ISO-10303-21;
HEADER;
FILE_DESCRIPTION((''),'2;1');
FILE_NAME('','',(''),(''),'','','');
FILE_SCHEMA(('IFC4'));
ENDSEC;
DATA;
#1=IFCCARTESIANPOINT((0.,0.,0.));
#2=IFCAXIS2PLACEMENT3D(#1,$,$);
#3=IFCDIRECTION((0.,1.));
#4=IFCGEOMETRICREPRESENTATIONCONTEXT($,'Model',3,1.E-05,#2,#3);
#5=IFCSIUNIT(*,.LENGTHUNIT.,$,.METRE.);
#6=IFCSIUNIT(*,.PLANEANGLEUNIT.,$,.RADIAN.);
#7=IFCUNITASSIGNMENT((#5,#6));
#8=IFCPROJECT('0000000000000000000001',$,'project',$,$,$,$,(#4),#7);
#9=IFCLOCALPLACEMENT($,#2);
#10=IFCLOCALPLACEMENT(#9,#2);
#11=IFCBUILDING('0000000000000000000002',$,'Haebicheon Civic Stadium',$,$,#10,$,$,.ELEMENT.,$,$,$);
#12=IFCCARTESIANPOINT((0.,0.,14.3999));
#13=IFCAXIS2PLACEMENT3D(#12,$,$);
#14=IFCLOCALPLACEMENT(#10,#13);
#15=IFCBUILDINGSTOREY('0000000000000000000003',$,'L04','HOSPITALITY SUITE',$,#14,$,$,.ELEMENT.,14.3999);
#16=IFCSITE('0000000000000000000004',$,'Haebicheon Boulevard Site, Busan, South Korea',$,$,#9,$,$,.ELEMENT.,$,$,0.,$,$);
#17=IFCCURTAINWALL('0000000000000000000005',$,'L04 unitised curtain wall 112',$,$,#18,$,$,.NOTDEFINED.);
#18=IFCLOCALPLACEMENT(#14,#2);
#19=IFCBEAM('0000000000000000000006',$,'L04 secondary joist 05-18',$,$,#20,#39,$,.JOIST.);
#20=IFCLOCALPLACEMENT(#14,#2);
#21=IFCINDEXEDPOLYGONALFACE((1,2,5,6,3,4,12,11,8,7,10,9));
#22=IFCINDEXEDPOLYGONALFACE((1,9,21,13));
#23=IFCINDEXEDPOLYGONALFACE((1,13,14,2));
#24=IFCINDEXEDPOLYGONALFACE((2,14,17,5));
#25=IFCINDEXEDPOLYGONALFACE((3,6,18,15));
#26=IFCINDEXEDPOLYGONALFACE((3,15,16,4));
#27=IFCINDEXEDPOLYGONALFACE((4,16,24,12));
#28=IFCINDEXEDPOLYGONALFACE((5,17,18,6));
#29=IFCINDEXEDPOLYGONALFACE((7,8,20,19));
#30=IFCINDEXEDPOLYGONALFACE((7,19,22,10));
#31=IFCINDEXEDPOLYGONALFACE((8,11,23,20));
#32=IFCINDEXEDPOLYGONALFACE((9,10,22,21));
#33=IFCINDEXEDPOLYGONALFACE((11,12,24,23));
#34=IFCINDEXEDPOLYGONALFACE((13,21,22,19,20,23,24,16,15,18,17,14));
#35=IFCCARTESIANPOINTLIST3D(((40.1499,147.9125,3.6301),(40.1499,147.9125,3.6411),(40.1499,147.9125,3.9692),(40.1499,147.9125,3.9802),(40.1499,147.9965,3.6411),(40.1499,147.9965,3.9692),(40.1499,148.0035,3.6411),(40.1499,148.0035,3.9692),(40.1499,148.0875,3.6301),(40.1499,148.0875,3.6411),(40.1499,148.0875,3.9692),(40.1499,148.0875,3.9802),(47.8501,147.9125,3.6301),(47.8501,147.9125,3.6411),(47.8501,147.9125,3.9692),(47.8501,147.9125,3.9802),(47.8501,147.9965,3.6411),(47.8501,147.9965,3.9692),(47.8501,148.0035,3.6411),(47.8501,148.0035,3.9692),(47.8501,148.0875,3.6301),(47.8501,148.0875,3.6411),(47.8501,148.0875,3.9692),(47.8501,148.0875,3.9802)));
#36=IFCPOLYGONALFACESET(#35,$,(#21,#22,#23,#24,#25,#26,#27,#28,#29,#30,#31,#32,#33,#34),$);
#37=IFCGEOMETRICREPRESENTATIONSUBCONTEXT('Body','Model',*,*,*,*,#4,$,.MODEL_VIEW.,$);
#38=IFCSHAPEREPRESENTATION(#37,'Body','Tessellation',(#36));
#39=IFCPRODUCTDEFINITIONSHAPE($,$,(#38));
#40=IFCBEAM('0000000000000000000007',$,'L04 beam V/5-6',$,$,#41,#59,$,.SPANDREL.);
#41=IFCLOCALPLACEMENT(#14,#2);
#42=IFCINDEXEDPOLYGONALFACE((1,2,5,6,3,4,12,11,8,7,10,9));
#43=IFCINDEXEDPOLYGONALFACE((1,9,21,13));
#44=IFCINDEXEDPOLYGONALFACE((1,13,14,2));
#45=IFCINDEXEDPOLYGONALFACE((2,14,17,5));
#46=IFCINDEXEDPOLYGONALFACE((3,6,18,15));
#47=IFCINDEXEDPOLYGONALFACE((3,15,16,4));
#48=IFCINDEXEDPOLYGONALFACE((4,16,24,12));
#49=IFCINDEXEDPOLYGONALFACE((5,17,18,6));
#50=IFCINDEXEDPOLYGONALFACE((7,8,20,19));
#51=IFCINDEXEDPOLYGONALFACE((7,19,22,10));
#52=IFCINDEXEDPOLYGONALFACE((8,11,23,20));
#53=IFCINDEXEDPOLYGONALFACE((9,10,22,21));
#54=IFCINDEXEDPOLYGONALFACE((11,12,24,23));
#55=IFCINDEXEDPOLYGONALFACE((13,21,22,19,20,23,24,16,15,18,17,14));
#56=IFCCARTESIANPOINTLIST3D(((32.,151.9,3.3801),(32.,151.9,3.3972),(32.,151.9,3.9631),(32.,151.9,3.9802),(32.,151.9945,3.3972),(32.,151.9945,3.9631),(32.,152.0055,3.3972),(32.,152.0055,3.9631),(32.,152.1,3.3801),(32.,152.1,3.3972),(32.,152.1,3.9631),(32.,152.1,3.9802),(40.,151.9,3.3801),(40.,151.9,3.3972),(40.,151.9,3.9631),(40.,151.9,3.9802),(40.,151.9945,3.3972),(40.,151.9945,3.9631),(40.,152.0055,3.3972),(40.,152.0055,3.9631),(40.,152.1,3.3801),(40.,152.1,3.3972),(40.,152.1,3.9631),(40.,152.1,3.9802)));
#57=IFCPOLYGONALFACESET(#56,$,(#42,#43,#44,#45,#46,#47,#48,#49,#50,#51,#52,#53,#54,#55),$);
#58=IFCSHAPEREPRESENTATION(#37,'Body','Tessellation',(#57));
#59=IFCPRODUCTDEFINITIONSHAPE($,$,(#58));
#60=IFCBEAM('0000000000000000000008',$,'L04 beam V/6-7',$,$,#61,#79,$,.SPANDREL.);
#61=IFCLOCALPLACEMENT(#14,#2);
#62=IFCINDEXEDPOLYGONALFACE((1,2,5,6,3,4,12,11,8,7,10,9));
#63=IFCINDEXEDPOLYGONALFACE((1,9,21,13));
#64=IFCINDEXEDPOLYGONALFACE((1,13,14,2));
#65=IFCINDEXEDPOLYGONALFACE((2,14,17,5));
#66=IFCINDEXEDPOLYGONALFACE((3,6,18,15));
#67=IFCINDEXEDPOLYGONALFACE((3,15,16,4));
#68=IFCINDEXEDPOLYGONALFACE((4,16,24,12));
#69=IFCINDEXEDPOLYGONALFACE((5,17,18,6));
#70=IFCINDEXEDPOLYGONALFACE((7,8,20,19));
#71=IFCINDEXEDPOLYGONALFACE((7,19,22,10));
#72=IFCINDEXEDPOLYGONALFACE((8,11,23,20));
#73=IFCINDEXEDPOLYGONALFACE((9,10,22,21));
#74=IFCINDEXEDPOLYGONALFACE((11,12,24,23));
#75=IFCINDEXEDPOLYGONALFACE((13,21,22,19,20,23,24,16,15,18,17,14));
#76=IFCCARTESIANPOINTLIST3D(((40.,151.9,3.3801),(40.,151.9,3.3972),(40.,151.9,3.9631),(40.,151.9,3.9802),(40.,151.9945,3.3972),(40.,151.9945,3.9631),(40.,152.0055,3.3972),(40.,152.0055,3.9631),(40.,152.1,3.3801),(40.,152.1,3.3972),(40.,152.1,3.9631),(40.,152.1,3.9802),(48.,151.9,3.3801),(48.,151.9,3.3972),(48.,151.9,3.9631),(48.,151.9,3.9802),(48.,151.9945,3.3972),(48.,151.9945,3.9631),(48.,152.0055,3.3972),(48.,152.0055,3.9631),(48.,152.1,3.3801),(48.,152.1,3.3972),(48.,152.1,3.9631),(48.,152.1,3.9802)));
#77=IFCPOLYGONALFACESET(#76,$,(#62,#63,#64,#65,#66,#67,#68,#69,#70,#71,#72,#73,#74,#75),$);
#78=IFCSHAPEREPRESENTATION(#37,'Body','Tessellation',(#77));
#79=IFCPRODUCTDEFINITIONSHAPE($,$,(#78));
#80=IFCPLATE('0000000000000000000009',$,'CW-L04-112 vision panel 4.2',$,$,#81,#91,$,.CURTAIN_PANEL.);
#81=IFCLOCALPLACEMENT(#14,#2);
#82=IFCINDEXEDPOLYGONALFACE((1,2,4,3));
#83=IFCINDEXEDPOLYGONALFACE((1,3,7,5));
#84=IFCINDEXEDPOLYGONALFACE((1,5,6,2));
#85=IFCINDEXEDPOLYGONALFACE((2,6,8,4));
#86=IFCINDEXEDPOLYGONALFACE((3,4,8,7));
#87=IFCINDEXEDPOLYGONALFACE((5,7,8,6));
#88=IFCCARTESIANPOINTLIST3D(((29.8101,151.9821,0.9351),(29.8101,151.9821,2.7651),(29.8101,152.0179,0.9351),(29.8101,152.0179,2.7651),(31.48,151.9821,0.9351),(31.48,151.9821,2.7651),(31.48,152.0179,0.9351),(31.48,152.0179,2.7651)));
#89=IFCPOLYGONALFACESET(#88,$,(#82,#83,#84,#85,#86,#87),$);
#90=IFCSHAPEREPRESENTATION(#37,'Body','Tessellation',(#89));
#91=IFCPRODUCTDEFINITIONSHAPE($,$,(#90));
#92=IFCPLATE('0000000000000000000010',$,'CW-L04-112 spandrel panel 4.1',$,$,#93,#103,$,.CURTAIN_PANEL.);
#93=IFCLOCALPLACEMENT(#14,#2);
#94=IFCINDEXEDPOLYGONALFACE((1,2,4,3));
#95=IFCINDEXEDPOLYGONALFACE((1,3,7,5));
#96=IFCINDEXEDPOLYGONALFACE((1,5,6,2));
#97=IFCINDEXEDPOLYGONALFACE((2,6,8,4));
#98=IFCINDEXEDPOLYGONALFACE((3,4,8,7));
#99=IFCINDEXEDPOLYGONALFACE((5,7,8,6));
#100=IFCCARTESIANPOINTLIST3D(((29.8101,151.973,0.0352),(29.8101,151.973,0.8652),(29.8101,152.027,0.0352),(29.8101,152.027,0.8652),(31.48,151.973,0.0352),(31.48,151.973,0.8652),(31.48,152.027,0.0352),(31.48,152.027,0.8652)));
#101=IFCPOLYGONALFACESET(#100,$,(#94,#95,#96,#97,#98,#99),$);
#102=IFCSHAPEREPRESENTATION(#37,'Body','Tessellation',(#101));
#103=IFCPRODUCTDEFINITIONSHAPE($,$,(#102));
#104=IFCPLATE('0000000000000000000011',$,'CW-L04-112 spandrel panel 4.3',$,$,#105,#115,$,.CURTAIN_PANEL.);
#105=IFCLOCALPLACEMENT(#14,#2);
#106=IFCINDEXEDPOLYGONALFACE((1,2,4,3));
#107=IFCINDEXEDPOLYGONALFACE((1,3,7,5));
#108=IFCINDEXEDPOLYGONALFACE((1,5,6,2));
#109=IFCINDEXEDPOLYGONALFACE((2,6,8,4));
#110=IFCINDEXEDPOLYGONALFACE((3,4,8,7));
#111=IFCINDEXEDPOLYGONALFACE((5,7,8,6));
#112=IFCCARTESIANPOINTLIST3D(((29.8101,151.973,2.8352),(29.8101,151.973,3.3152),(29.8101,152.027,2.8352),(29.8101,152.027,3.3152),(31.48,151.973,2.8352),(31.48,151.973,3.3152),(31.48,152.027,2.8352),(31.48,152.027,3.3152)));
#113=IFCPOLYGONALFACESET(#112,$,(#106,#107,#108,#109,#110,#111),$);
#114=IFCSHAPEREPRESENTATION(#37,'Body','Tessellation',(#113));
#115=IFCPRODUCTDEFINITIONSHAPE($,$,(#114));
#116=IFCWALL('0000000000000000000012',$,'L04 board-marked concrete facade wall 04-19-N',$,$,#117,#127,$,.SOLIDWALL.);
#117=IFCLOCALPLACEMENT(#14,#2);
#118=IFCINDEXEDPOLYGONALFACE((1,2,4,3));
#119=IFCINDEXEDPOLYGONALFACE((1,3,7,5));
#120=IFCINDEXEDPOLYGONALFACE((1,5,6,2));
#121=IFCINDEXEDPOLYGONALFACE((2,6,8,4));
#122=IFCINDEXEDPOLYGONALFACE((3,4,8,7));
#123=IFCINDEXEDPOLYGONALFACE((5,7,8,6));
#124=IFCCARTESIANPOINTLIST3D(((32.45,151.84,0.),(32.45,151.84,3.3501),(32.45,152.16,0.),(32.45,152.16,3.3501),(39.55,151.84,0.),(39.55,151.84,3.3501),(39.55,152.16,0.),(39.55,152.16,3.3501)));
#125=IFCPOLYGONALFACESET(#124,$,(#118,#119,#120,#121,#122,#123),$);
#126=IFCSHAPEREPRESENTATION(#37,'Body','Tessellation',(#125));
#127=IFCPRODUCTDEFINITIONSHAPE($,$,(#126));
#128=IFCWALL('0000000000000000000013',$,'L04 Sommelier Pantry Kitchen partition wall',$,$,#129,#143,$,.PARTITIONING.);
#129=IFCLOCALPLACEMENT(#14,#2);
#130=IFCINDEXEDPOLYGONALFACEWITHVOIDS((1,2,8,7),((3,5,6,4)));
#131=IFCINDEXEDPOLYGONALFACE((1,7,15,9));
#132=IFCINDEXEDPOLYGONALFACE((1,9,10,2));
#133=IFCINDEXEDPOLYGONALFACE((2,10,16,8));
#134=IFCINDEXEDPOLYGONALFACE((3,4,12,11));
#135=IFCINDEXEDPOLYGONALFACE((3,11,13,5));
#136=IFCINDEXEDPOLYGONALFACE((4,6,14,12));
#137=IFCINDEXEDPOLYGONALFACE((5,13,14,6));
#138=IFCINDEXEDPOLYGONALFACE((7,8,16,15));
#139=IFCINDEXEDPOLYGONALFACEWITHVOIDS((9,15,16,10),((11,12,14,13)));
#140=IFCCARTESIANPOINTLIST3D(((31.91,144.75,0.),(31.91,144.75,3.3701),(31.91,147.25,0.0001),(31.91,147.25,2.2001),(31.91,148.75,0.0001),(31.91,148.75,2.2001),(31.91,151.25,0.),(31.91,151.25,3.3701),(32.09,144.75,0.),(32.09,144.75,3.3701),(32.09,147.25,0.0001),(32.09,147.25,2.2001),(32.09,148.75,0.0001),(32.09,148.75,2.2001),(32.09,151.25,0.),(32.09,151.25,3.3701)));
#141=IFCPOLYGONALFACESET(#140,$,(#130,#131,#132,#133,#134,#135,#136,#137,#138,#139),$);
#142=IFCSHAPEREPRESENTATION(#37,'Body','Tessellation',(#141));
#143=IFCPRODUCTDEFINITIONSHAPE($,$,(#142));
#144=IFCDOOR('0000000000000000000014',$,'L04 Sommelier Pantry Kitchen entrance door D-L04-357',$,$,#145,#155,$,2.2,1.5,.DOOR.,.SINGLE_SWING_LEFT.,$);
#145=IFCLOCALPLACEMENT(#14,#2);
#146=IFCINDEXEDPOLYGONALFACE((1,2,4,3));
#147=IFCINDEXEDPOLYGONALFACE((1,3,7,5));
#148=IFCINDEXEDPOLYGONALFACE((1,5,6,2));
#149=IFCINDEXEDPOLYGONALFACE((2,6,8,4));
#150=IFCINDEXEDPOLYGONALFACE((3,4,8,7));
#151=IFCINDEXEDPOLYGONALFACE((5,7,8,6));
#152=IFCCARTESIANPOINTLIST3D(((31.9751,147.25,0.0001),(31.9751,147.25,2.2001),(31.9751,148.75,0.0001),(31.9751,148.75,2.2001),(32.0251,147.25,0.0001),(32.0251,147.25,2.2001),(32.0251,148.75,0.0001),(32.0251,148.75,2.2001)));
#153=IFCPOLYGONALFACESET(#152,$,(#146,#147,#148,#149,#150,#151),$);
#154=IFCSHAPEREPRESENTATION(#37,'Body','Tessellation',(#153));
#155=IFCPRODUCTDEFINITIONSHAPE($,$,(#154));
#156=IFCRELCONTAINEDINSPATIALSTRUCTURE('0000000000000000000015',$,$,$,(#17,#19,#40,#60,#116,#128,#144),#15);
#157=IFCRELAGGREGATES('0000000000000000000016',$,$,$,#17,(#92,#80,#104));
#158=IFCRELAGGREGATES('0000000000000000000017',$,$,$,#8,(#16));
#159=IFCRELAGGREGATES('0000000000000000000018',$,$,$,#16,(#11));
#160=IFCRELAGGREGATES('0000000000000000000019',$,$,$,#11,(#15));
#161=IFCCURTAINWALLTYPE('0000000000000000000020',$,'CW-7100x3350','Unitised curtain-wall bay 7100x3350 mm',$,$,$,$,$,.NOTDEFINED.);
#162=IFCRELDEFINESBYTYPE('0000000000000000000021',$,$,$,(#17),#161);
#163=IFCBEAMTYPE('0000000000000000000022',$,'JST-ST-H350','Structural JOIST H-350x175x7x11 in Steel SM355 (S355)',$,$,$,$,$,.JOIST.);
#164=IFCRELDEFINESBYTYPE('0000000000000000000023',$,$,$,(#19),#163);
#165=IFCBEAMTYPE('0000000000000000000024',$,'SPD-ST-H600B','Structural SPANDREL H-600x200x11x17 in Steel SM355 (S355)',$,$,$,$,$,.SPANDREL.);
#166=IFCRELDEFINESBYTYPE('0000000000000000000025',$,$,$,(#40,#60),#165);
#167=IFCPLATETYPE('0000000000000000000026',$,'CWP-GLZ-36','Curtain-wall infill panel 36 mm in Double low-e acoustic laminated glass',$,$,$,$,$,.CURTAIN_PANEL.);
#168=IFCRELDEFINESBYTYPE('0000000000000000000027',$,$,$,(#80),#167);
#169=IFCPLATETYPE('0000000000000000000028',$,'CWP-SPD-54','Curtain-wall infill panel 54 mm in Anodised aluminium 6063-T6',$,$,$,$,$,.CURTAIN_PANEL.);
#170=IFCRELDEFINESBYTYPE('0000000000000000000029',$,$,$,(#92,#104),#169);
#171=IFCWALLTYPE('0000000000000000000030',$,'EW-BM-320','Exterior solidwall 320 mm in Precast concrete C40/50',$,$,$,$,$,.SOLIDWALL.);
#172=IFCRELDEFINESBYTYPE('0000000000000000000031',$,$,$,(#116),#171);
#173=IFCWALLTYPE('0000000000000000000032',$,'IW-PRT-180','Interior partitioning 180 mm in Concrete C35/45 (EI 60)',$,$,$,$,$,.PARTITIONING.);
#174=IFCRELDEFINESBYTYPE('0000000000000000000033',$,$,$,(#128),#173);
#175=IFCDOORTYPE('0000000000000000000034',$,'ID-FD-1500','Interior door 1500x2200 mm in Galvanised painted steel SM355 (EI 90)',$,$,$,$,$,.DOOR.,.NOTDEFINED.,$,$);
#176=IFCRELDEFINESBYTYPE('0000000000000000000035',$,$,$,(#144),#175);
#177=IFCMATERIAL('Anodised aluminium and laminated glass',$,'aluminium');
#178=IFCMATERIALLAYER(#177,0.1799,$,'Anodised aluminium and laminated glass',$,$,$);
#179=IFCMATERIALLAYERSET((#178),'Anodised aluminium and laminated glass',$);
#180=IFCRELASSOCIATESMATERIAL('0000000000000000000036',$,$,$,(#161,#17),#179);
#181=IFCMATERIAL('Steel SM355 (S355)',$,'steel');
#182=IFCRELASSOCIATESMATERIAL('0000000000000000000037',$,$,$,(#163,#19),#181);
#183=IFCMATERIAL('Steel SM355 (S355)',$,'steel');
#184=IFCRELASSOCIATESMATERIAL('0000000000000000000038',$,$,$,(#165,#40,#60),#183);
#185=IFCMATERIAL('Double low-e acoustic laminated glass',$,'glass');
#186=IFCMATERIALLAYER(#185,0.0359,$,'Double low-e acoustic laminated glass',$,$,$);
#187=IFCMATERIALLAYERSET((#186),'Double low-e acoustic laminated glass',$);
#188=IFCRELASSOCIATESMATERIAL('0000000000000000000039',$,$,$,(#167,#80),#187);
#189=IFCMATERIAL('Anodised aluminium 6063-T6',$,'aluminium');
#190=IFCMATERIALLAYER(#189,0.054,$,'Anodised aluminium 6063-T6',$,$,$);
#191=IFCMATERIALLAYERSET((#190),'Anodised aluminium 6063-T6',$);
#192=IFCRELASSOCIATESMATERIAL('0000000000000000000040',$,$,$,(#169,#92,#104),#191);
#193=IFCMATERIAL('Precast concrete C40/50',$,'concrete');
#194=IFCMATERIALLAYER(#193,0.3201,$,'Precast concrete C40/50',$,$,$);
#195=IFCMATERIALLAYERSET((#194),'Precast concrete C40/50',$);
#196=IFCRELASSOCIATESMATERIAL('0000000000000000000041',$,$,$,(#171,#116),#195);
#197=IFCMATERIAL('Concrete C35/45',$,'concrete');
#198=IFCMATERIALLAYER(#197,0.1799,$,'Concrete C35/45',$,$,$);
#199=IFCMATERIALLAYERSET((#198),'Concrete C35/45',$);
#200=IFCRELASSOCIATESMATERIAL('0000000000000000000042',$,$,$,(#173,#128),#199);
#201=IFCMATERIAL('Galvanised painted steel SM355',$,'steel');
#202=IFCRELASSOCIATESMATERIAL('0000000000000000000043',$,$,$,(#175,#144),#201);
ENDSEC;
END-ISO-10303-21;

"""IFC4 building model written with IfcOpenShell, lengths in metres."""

from ifc_helpers import new_model, si_unit, direction, frame, frame_2d, origin, origin_2d, place, context, subcontext, project, spatial, rectangle, i_section, extrude, material, layer, layer_set, material_profile, profile_set, type_object, element, fill, aggregate, save


model = new_model("IFC4")

# Units and contexts
model_context = context("Model", 3, precision=1e-05, world=origin(), true_north=direction((0.0, 1.0)))
body_context = subcontext(model_context, "Body", "Model", "MODEL_VIEW")
ifc_project = project(units=[si_unit("LENGTHUNIT", "METRE"), si_unit("PLANEANGLEUNIT", "RADIAN")], contexts=[model_context])

# Site, building, storey
site_placement = place(None, origin())
site = spatial("IfcSite", under=ifc_project, at=site_placement, Name="Haebicheon Boulevard Site, Busan, South Korea", CompositionType="ELEMENT", RefElevation=0.0)
building_placement = place(site_placement, origin())
building = spatial("IfcBuilding", under=site, at=building_placement, Name="Haebicheon Civic Stadium", CompositionType="ELEMENT")
storey_placement = place(building_placement, frame((0.0, 0.0, 14.3999)))
storey = spatial("IfcBuildingStorey", under=building, at=storey_placement, Name="L04", Description="HOSPITALITY SUITE", CompositionType="ELEMENT", Elevation=14.3999)

# Curtain wall
ifc_material_1 = material(Name="Anodised aluminium and laminated glass", Category="aluminium")
ifc_layer_1 = layer(ifc_material_1, 0.1799, Name="Anodised aluminium and laminated glass")
ifc_layer_set_1 = layer_set([ifc_layer_1], Name="Anodised aluminium and laminated glass")
curtain_wall_type = type_object("IfcCurtainWallType", Name="CW-7100x3350", Description="Unitised curtain-wall bay 7100x3350 mm", PredefinedType="NOTDEFINED", material=ifc_layer_set_1)
curtain_wall_1_placement = place(storey_placement, origin())
curtain_wall_1 = element("IfcCurtainWall", 1, at=curtain_wall_1_placement, inside=storey, type_object=curtain_wall_type, material=ifc_layer_set_1, Name="L04 unitised curtain wall 112", PredefinedType="NOTDEFINED")

# Beams
ifc_material_2 = material(Name="Steel SM355 (S355)", Category="steel")
ifc_material_profile_1 = material_profile(ifc_material_2, i_section(OverallWidth=0.175, OverallDepth=0.3501, WebThickness=0.0071, FlangeThickness=0.011, at=origin_2d()), Name="H-350x175x7x11")
ifc_profile_set_1 = profile_set([ifc_material_profile_1], Name="Steel SM355 (S355)")
beam_type_1 = type_object("IfcBeamType", Name="JST-ST-H350", Description="Structural JOIST H-350x175x7x11 in Steel SM355 (S355)", PredefinedType="JOIST", material=ifc_profile_set_1)
for number, where, z_axis, x_axis, name in (
    (2, (40.1499, 148.0, 3.8052), (1.0, 0.0, 0.0), (0.0, 1.0, 0.0), "L04 secondary joist 05-18"),
):
    element("IfcBeam", number, at=place(storey_placement, frame(where, z_axis=z_axis, x_axis=x_axis)), inside=storey, type_object=beam_type_1, material=ifc_profile_set_1, Name=name, PredefinedType="JOIST", context=body_context, shape_type="SweptSolid", body=[
        extrude(i_section(OverallWidth=0.175, OverallDepth=0.3501, WebThickness=0.0071, FlangeThickness=0.011, at=origin_2d()), origin(), (0.0, 0.0, 1.0), 7.7002),
    ])
ifc_material_3 = material(Name="Steel SM355 (S355)", Category="steel")
ifc_material_profile_2 = material_profile(ifc_material_3, i_section(OverallWidth=0.2, OverallDepth=0.6001, WebThickness=0.011, FlangeThickness=0.0171, at=origin_2d()), Name="H-600x200x11x17")
ifc_profile_set_2 = profile_set([ifc_material_profile_2], Name="Steel SM355 (S355)")
beam_type_2 = type_object("IfcBeamType", Name="SPD-ST-H600B", Description="Structural SPANDREL H-600x200x11x17 in Steel SM355 (S355)", PredefinedType="SPANDREL", material=ifc_profile_set_2)
for number, where, z_axis, x_axis, name in (
    (3, (32.0, 152.0, 3.6802), (1.0, 0.0, 0.0), (0.0, 1.0, 0.0), "L04 beam V/5-6"),
    (4, (40.0, 152.0, 3.6802), (1.0, 0.0, 0.0), (0.0, 1.0, 0.0), "L04 beam V/6-7"),
):
    element("IfcBeam", number, at=place(storey_placement, frame(where, z_axis=z_axis, x_axis=x_axis)), inside=storey, type_object=beam_type_2, material=ifc_profile_set_2, Name=name, PredefinedType="SPANDREL", context=body_context, shape_type="SweptSolid", body=[
        extrude(i_section(OverallWidth=0.2, OverallDepth=0.6001, WebThickness=0.011, FlangeThickness=0.0171, at=origin_2d()), origin(), (0.0, 0.0, 1.0), 8.0),
    ])

# Plates
ifc_material_4 = material(Name="Double low-e acoustic laminated glass", Category="glass")
ifc_layer_2 = layer(ifc_material_4, 0.0359, Name="Double low-e acoustic laminated glass")
ifc_layer_set_2 = layer_set([ifc_layer_2], Name="Double low-e acoustic laminated glass")
plate_type_1 = type_object("IfcPlateType", Name="CWP-GLZ-36", Description="Curtain-wall infill panel 36 mm in Double low-e acoustic laminated glass", PredefinedType="CURTAIN_PANEL", material=ifc_layer_set_2)
plate_1_placement = place(storey_placement, frame((30.645, 152.0, 0.9351), z_axis=(0.0, 0.0, 1.0), x_axis=(1.0, 0.0, 0.0)))
plate_1 = element("IfcPlate", 5, at=plate_1_placement, type_object=plate_type_1, material=ifc_layer_set_2, Name="CW-L04-112 vision panel 4.2", PredefinedType="CURTAIN_PANEL", context=body_context, shape_type="SweptSolid", body=[
    extrude(rectangle(XDim=1.6699, YDim=0.0359, at=origin_2d()), origin(), (0.0, 0.0, 1.0), 1.8301),
])
ifc_material_5 = material(Name="Anodised aluminium 6063-T6", Category="aluminium")
ifc_layer_3 = layer(ifc_material_5, 0.054, Name="Anodised aluminium 6063-T6")
ifc_layer_set_3 = layer_set([ifc_layer_3], Name="Anodised aluminium 6063-T6")
plate_type_2 = type_object("IfcPlateType", Name="CWP-SPD-54", Description="Curtain-wall infill panel 54 mm in Anodised aluminium 6063-T6", PredefinedType="CURTAIN_PANEL", material=ifc_layer_set_3)
plate_2_placement = place(storey_placement, frame((30.645, 152.0, 0.0352), z_axis=(0.0, 0.0, 1.0), x_axis=(1.0, 0.0, 0.0)))
plate_2 = element("IfcPlate", 6, at=plate_2_placement, type_object=plate_type_2, material=ifc_layer_set_3, Name="CW-L04-112 spandrel panel 4.1", PredefinedType="CURTAIN_PANEL", context=body_context, shape_type="SweptSolid", body=[
    extrude(rectangle(XDim=1.6699, YDim=0.054, at=origin_2d()), origin(), (0.0, 0.0, 1.0), 0.8301),
])
plate_3_placement = place(storey_placement, frame((30.645, 152.0, 2.8352), z_axis=(0.0, 0.0, 1.0), x_axis=(1.0, 0.0, 0.0)))
plate_3 = element("IfcPlate", 7, at=plate_3_placement, type_object=plate_type_2, material=ifc_layer_set_3, Name="CW-L04-112 spandrel panel 4.3", PredefinedType="CURTAIN_PANEL", context=body_context, shape_type="SweptSolid", body=[
    extrude(rectangle(XDim=1.6699, YDim=0.054, at=origin_2d()), origin(), (0.0, 0.0, 1.0), 0.48),
])
aggregate(curtain_wall_1, [plate_2, plate_1, plate_3])

# Wall
ifc_material_6 = material(Name="Precast concrete C40/50", Category="concrete")
ifc_layer_4 = layer(ifc_material_6, 0.3201, Name="Precast concrete C40/50")
ifc_layer_set_4 = layer_set([ifc_layer_4], Name="Precast concrete C40/50")
wall_type_1 = type_object("IfcWallType", Name="EW-BM-320", Description="Exterior solidwall 320 mm in Precast concrete C40/50", PredefinedType="SOLIDWALL", material=ifc_layer_set_4)
wall_1_placement = place(storey_placement, frame((32.45, 152.0, 0.0), z_axis=(0.0, 0.0, 1.0), x_axis=(1.0, 0.0, 0.0)))
element("IfcWall", 8, at=wall_1_placement, inside=storey, type_object=wall_type_1, material=ifc_layer_set_4, Name="L04 board-marked concrete facade wall 04-19-N", PredefinedType="SOLIDWALL", context=body_context, shape_type="SweptSolid", body=[
    extrude(rectangle(XDim=7.1001, YDim=0.3201, at=frame_2d((3.55, 0.0))), origin(), (0.0, 0.0, 1.0), 3.3501),
])

# Wall, opening, door
ifc_material_7 = material(Name="Concrete C35/45", Category="concrete")
ifc_layer_5 = layer(ifc_material_7, 0.1799, Name="Concrete C35/45")
ifc_layer_set_5 = layer_set([ifc_layer_5], Name="Concrete C35/45")
wall_type_2 = type_object("IfcWallType", Name="IW-PRT-180", Description="Interior partitioning 180 mm in Concrete C35/45 (EI 60)", PredefinedType="PARTITIONING", material=ifc_layer_set_5)
wall_2_placement = place(storey_placement, frame((32.0, 144.75, 0.0), z_axis=(0.0, 0.0, 1.0), x_axis=(0.0, 1.0, 0.0)))
wall_2 = element("IfcWall", 9, at=wall_2_placement, inside=storey, type_object=wall_type_2, material=ifc_layer_set_5, Name="L04 Sommelier Pantry Kitchen partition wall", PredefinedType="PARTITIONING", context=body_context, shape_type="SweptSolid", body=[
    extrude(rectangle(XDim=6.5, YDim=0.1799, at=frame_2d((3.25, 0.0))), origin(), (0.0, 0.0, 1.0), 3.3701),
])
opening_1_placement = place(wall_2_placement, frame((2.5, 0.0, 0.0)))
opening_1 = element("IfcOpeningElement", 10, at=opening_1_placement, cuts=wall_2, PredefinedType="OPENING", context=body_context, shape_type="SweptSolid", body=[
    extrude(rectangle(XDim=1.5, YDim=2.2, at=frame_2d((0.75, 1.1001))), frame((0.0, 0.0999, 0.0), z_axis=(0.0, -1.0, 0.0), x_axis=(1.0, 0.0, 0.0)), (0.0, 0.0, 1.0), 0.2),
])
ifc_material_8 = material(Name="Galvanised painted steel SM355", Category="steel")
door_type = type_object("IfcDoorType", Name="ID-FD-1500", Description="Interior door 1500x2200 mm in Galvanised painted steel SM355 (EI 90)", OperationType="NOTDEFINED", PredefinedType="DOOR", material=ifc_material_8)
door_1_placement = place(opening_1_placement, origin())
door_1 = element("IfcDoor", 11, at=door_1_placement, inside=storey, type_object=door_type, material=ifc_material_8, Name="L04 Sommelier Pantry Kitchen entrance door D-L04-357", OperationType="SINGLE_SWING_LEFT", OverallHeight=2.2, OverallWidth=1.5, PredefinedType="DOOR", context=body_context, shape_type="SweptSolid", body=[
    extrude(rectangle(XDim=1.5, YDim=2.2, at=frame_2d((0.75, 1.1001))), frame((0.0, 0.0249, 0.0), z_axis=(0.0, -1.0, 0.0), x_axis=(1.0, 0.0, 0.0)), (0.0, 0.0, 1.0), 0.05),
])
fill(opening_1, door_1)

save(model, "model.ifc")
